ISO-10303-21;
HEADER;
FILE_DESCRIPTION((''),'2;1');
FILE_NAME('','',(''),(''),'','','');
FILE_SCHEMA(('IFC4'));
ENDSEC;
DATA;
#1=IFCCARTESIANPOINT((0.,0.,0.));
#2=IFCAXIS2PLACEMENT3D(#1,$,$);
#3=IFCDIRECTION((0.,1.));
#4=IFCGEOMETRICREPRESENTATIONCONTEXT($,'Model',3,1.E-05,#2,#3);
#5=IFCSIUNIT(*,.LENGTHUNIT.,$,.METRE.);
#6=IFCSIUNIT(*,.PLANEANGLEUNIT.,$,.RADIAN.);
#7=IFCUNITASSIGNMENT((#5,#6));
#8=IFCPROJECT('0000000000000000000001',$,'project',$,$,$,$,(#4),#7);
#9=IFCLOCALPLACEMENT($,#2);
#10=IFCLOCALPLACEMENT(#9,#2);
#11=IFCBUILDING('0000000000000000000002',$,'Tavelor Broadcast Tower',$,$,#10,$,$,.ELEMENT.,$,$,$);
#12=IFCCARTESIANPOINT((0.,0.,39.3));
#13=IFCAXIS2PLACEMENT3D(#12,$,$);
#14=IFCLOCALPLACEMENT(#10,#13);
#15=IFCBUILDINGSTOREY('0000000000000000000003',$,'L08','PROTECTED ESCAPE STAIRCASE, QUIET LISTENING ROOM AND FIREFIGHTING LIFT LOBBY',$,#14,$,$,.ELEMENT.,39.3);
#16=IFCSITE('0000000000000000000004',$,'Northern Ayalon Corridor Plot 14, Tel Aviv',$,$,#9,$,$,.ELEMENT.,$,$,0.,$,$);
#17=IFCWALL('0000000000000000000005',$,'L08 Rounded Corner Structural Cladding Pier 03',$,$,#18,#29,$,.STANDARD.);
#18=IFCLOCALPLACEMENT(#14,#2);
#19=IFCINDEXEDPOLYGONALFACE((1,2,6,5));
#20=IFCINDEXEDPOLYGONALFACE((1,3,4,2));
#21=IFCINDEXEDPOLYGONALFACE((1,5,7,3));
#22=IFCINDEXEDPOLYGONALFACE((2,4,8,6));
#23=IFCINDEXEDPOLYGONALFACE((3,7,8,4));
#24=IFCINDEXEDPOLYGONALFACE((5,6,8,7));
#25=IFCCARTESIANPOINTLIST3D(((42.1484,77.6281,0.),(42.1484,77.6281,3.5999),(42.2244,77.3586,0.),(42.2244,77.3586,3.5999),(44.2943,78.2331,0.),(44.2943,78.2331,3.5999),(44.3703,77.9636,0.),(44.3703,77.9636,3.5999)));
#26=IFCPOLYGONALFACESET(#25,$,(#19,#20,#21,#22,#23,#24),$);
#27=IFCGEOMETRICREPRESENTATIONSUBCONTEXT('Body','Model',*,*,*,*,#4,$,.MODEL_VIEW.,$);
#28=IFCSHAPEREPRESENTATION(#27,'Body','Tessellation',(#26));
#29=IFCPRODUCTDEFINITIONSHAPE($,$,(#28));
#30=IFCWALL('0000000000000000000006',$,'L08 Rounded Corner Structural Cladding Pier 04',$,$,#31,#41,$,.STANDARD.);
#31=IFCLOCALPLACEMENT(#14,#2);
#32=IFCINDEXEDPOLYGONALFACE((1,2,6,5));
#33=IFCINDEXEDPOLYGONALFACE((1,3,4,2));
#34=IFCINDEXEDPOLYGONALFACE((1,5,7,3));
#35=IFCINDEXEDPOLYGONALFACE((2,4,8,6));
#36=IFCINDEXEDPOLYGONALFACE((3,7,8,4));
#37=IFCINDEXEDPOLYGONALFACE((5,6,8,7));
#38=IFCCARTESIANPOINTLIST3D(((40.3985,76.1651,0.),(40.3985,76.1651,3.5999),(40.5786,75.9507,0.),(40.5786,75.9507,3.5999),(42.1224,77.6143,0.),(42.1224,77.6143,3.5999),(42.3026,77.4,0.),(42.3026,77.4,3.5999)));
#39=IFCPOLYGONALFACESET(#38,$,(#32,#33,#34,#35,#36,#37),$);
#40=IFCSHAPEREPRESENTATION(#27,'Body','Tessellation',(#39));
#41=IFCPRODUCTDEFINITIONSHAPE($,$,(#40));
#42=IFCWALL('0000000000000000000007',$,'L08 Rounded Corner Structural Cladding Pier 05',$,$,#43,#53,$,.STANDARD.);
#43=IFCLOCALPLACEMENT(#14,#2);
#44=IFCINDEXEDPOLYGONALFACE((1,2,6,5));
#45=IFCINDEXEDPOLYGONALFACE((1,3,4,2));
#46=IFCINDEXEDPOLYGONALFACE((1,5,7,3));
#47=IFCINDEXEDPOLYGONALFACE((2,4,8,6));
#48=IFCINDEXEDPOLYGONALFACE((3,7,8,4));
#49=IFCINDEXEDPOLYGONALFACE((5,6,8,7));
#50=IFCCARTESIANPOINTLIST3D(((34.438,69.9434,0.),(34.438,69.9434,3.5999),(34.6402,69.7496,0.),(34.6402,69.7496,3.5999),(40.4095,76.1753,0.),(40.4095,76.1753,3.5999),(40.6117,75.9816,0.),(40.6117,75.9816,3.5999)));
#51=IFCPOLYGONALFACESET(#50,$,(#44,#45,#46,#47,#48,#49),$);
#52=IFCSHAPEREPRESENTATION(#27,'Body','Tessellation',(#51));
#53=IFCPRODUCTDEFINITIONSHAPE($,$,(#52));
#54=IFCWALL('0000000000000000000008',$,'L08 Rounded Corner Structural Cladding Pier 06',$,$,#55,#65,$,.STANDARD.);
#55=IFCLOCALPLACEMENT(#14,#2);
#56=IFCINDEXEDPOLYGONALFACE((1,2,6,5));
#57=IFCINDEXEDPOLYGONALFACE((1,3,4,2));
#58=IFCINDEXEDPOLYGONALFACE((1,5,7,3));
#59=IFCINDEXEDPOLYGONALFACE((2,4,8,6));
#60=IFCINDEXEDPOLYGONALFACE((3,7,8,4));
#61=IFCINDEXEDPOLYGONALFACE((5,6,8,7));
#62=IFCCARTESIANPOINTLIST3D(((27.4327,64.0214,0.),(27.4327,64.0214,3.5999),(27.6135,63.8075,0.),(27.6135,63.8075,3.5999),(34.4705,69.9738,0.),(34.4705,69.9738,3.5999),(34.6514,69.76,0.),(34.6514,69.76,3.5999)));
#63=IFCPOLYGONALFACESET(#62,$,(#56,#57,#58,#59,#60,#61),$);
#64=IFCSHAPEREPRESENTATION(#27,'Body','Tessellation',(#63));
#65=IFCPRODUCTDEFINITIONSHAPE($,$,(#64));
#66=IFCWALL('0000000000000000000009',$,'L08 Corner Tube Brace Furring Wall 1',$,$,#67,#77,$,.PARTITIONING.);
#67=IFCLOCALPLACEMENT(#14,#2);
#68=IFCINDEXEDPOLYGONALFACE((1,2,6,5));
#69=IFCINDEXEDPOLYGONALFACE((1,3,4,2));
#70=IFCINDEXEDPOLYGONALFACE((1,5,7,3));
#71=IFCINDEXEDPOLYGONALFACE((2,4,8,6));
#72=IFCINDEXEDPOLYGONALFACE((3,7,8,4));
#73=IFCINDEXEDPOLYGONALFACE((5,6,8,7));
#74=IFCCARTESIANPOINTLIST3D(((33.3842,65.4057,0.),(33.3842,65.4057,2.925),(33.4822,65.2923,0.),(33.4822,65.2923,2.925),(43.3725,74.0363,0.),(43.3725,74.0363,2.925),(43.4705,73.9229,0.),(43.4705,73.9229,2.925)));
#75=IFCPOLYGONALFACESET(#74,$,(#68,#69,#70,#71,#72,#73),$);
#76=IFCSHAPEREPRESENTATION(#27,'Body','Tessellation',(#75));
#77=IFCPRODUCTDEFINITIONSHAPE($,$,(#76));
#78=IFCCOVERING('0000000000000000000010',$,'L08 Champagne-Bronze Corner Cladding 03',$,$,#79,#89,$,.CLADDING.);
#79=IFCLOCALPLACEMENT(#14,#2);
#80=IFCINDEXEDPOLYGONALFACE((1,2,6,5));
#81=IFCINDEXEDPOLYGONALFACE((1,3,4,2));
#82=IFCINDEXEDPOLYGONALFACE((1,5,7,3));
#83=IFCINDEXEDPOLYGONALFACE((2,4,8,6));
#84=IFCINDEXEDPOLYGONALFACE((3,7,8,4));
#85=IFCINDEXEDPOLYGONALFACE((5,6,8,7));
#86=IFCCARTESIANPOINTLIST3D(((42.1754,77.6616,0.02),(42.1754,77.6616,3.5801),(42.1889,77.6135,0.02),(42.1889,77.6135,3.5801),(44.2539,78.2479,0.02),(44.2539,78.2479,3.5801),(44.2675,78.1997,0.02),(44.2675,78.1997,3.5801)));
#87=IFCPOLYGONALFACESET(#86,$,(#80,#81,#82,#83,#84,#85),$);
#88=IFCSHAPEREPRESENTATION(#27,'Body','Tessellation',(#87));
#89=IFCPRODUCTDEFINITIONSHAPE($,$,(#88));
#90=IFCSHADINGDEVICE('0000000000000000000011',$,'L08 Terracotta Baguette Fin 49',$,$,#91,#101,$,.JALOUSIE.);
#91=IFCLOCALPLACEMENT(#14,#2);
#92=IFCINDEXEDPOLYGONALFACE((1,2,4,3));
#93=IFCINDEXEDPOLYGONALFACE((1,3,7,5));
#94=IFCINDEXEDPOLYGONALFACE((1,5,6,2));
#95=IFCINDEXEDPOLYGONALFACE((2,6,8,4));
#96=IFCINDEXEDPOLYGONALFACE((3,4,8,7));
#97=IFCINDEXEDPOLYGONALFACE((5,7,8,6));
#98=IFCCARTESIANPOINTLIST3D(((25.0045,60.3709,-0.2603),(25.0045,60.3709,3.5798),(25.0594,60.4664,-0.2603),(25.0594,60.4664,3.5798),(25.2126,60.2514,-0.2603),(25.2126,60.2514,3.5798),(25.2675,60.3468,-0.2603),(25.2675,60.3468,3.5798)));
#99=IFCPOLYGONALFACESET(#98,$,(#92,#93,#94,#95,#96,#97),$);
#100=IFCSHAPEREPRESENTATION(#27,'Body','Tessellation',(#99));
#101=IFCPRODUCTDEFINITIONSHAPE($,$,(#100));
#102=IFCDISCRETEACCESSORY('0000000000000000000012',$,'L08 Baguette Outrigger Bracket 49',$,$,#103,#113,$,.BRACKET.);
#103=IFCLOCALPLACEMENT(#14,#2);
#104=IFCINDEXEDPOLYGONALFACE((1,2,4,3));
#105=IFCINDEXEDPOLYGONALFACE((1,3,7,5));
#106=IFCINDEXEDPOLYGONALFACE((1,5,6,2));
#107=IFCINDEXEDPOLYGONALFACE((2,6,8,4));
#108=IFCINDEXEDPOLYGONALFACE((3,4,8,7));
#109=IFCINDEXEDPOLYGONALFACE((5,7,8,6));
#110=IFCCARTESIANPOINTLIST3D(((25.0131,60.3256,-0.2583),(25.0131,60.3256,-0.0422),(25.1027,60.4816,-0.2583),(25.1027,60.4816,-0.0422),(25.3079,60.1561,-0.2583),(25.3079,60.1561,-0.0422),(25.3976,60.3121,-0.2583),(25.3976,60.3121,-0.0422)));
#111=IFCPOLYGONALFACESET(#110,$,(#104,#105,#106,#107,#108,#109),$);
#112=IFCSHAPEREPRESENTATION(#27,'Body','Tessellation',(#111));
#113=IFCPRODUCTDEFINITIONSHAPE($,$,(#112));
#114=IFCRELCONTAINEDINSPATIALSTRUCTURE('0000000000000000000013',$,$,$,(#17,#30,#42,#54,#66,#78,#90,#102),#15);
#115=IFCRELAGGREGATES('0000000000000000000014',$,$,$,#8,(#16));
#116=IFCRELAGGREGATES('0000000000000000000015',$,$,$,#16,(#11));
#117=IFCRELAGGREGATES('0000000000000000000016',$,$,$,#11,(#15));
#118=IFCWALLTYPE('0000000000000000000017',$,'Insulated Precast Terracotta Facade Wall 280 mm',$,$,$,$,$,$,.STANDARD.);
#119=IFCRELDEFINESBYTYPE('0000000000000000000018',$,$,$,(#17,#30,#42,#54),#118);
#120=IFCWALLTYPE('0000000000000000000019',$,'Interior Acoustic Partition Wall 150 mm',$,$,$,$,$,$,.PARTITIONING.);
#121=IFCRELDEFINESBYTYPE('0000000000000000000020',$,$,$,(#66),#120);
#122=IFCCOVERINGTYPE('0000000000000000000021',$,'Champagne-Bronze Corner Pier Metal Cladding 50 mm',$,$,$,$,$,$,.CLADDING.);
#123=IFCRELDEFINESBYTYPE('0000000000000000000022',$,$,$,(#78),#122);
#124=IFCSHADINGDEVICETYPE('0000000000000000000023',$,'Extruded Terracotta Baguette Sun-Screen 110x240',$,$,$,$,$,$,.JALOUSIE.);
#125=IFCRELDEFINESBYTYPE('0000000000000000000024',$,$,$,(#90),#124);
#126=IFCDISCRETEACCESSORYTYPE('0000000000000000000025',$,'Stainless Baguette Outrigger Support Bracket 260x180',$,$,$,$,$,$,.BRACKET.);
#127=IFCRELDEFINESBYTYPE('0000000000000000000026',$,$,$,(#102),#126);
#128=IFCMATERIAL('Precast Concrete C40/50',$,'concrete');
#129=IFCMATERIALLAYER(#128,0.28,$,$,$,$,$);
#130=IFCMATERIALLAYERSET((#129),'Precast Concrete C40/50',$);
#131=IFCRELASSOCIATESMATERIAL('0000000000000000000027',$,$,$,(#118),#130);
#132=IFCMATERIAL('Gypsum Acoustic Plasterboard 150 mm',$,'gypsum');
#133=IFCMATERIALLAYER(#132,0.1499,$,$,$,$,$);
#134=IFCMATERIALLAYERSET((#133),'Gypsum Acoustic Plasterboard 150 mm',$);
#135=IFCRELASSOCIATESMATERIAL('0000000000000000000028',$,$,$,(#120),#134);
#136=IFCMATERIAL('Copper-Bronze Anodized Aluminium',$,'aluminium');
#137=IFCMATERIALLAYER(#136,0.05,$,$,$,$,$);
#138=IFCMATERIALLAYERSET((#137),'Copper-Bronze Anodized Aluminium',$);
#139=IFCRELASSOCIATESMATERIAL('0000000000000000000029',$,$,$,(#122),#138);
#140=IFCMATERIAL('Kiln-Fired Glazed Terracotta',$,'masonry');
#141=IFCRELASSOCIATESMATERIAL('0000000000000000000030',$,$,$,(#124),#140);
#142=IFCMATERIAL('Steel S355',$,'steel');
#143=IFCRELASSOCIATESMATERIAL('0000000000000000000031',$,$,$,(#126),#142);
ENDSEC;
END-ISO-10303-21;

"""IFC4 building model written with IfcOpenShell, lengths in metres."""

from ifc_helpers import new_model, si_unit, direction, frame, frame_2d, origin, origin_2d, place, context, subcontext, project, spatial, rectangle, extrude, source, transform, mapped, material, layer, layer_set, type_object, type_shapes, element, save


model = new_model("IFC4")

# Units and contexts
model_context = context("Model", 3, precision=1e-05, world=origin(), true_north=direction((0.0, 1.0)))
body_context = subcontext(model_context, "Body", "Model", "MODEL_VIEW")
ifc_project = project(units=[si_unit("LENGTHUNIT", "METRE"), si_unit("PLANEANGLEUNIT", "RADIAN")], contexts=[model_context])

# Site, building, storey
site_placement = place(None, origin())
site = spatial("IfcSite", under=ifc_project, at=site_placement, Name="Northern Ayalon Corridor Plot 14, Tel Aviv", CompositionType="ELEMENT", RefElevation=0.0)
building_placement = place(site_placement, origin())
building = spatial("IfcBuilding", under=site, at=building_placement, Name="Tavelor Broadcast Tower", CompositionType="ELEMENT")
storey_placement = place(building_placement, frame((0.0, 0.0, 39.3)))
storey = spatial("IfcBuildingStorey", under=building, at=storey_placement, Name="L08", Description="PROTECTED ESCAPE STAIRCASE, QUIET LISTENING ROOM AND FIREFIGHTING LIFT LOBBY", CompositionType="ELEMENT", Elevation=39.3)

# Shared definitions
ifc_material_1 = material(Name="Steel S355", Category="steel")

# Walls
ifc_material_2 = material(Name="Precast Concrete C40/50", Category="concrete")
ifc_layer_1 = layer(ifc_material_2, 0.28)
ifc_layer_set_1 = layer_set([ifc_layer_1], Name="Precast Concrete C40/50")
wall_type_1 = type_object("IfcWallType", Name="Insulated Precast Terracotta Facade Wall 280 mm", PredefinedType="STANDARD", material=ifc_layer_set_1)
wall_1_placement = place(storey_placement, frame((44.3323, 78.0984, 0.0), z_axis=(0.0, 0.0, 1.0), x_axis=(-0.962477, -0.271364, 0.0)))
element("IfcWall", 1, at=wall_1_placement, inside=storey, type_object=wall_type_1, Name="L08 Rounded Corner Structural Cladding Pier 03", PredefinedType="STANDARD", context=body_context, shape_type="SweptSolid", body=[
    extrude(rectangle(XDim=2.2295, YDim=0.28, at=frame_2d((1.1147, 0.0))), origin(), (0.0, 0.0, 1.0), 3.5999),
])
wall_2_placement = place(storey_placement, frame((42.2124, 77.5071, 0.0), z_axis=(0.0, 0.0, 1.0), x_axis=(-0.765451, -0.643495, 0.0)))
element("IfcWall", 2, at=wall_2_placement, inside=storey, type_object=wall_type_1, Name="L08 Rounded Corner Structural Cladding Pier 04", PredefinedType="STANDARD", context=body_context, shape_type="SweptSolid", body=[
    extrude(rectangle(XDim=2.2522, YDim=0.28, at=frame_2d((1.126, 0.0))), origin(), (0.0, 0.0, 1.0), 3.5999),
])
wall_3_placement = place(storey_placement, frame((40.5105, 76.0784, 0.0), z_axis=(0.0, 0.0, 1.0), x_axis=(-0.691855, -0.722036, 0.0)))
element("IfcWall", 3, at=wall_3_placement, inside=storey, type_object=wall_type_1, Name="L08 Rounded Corner Structural Cladding Pier 05", PredefinedType="STANDARD", context=body_context, shape_type="SweptSolid", body=[
    extrude(rectangle(XDim=8.6311, YDim=0.28, at=frame_2d((4.3154, 0.0))), origin(), (0.0, 0.0, 1.0), 3.5999),
])
wall_4_placement = place(storey_placement, frame((34.561, 69.8669, 0.0), z_axis=(0.0, 0.0, 1.0), x_axis=(-0.763531, -0.645771, 0.0)))
element("IfcWall", 4, at=wall_4_placement, inside=storey, type_object=wall_type_1, Name="L08 Rounded Corner Structural Cladding Pier 06", PredefinedType="STANDARD", context=body_context, shape_type="SweptSolid", body=[
    extrude(rectangle(XDim=9.2175, YDim=0.28, at=frame_2d((4.6089, 0.0))), origin(), (0.0, 0.0, 1.0), 3.5999),
])
ifc_material_3 = material(Name="Gypsum Acoustic Plasterboard 150 mm", Category="gypsum")
ifc_layer_2 = layer(ifc_material_3, 0.1499)
ifc_layer_set_2 = layer_set([ifc_layer_2], Name="Gypsum Acoustic Plasterboard 150 mm")
wall_type_2 = type_object("IfcWallType", Name="Interior Acoustic Partition Wall 150 mm", PredefinedType="PARTITIONING", material=ifc_layer_set_2)
wall_5_placement = place(storey_placement, frame((43.4214, 73.9795, 0.0), z_axis=(0.0, 0.0, 1.0), x_axis=(-0.756659, -0.65381, 0.0)))
element("IfcWall", 5, at=wall_5_placement, inside=storey, type_object=wall_type_2, Name="L08 Corner Tube Brace Furring Wall 1", PredefinedType="PARTITIONING", context=body_context, shape_type="SweptSolid", body=[
    extrude(rectangle(XDim=13.2004, YDim=0.1499, at=frame_2d((6.6001, 0.0))), origin(), (0.0, 0.0, 1.0), 2.925),
])

# Covering
ifc_material_4 = material(Name="Copper-Bronze Anodized Aluminium", Category="aluminium")
ifc_layer_3 = layer(ifc_material_4, 0.05)
ifc_layer_set_3 = layer_set([ifc_layer_3], Name="Copper-Bronze Anodized Aluminium")
covering_type = type_object("IfcCoveringType", Name="Champagne-Bronze Corner Pier Metal Cladding 50 mm", PredefinedType="CLADDING", material=ifc_layer_set_3)
covering_placement = place(storey_placement, frame((43.2214, 77.9307, 0.02), z_axis=(0.0, 0.0, 1.0), x_axis=(-0.962455, -0.27144, 0.0)))
element("IfcCovering", 6, at=covering_placement, inside=storey, type_object=covering_type, Name="L08 Champagne-Bronze Corner Cladding 03", PredefinedType="CLADDING", context=body_context, shape_type="SweptSolid", body=[
    extrude(rectangle(XDim=2.1597, YDim=0.05, at=origin_2d()), origin(), (0.0, 0.0, 1.0), 3.5601),
])

# Shading device
ifc_material_5 = material(Name="Kiln-Fired Glazed Terracotta", Category="masonry")
shading_device_type = type_object("IfcShadingDeviceType", Name="Extruded Terracotta Baguette Sun-Screen 110x240", PredefinedType="JALOUSIE", material=ifc_material_5)
shared_shape_1 = source(origin(), body_context, "Body", "SweptSolid", [
    extrude(rectangle(XDim=0.1101, YDim=0.24, at=origin_2d()), origin(), (0.0, 0.0, 1.0), 3.8401),
])
type_shapes(shading_device_type, [shared_shape_1])
shading_device_placement = place(storey_placement, frame((25.136, 60.3589, -0.2603), z_axis=(0.0, 0.0, 1.0), x_axis=(-0.498185, -0.867071, 0.0)))
element("IfcShadingDevice", 7, at=shading_device_placement, inside=storey, type_object=shading_device_type, Name="L08 Terracotta Baguette Fin 49", PredefinedType="JALOUSIE", context=body_context, shape_type="MappedRepresentation", body=[
    mapped(shared_shape_1, transform((0.0, 0.0, 0.0), scale=1.0)),
])

# Discrete accessory
discrete_accessory_type = type_object("IfcDiscreteAccessoryType", Name="Stainless Baguette Outrigger Support Bracket 260x180", PredefinedType="BRACKET", material=ifc_material_1)
shared_shape_2 = source(origin(), body_context, "Body", "SweptSolid", [
    extrude(rectangle(XDim=0.1799, YDim=0.3401, at=origin_2d()), origin(), (0.0, 0.0, 1.0), 0.2161),
])
type_shapes(discrete_accessory_type, [shared_shape_2])
discrete_accessory_placement = place(storey_placement, frame((25.2053, 60.3188, -0.2583), z_axis=(0.0, 0.0, 1.0), x_axis=(-0.498185, -0.867071, 0.0)))
element("IfcDiscreteAccessory", 8, at=discrete_accessory_placement, inside=storey, type_object=discrete_accessory_type, Name="L08 Baguette Outrigger Bracket 49", PredefinedType="BRACKET", context=body_context, shape_type="MappedRepresentation", body=[
    mapped(shared_shape_2, transform((0.0, 0.0, 0.0), scale=1.0)),
])

save(model, "model.ifc")
